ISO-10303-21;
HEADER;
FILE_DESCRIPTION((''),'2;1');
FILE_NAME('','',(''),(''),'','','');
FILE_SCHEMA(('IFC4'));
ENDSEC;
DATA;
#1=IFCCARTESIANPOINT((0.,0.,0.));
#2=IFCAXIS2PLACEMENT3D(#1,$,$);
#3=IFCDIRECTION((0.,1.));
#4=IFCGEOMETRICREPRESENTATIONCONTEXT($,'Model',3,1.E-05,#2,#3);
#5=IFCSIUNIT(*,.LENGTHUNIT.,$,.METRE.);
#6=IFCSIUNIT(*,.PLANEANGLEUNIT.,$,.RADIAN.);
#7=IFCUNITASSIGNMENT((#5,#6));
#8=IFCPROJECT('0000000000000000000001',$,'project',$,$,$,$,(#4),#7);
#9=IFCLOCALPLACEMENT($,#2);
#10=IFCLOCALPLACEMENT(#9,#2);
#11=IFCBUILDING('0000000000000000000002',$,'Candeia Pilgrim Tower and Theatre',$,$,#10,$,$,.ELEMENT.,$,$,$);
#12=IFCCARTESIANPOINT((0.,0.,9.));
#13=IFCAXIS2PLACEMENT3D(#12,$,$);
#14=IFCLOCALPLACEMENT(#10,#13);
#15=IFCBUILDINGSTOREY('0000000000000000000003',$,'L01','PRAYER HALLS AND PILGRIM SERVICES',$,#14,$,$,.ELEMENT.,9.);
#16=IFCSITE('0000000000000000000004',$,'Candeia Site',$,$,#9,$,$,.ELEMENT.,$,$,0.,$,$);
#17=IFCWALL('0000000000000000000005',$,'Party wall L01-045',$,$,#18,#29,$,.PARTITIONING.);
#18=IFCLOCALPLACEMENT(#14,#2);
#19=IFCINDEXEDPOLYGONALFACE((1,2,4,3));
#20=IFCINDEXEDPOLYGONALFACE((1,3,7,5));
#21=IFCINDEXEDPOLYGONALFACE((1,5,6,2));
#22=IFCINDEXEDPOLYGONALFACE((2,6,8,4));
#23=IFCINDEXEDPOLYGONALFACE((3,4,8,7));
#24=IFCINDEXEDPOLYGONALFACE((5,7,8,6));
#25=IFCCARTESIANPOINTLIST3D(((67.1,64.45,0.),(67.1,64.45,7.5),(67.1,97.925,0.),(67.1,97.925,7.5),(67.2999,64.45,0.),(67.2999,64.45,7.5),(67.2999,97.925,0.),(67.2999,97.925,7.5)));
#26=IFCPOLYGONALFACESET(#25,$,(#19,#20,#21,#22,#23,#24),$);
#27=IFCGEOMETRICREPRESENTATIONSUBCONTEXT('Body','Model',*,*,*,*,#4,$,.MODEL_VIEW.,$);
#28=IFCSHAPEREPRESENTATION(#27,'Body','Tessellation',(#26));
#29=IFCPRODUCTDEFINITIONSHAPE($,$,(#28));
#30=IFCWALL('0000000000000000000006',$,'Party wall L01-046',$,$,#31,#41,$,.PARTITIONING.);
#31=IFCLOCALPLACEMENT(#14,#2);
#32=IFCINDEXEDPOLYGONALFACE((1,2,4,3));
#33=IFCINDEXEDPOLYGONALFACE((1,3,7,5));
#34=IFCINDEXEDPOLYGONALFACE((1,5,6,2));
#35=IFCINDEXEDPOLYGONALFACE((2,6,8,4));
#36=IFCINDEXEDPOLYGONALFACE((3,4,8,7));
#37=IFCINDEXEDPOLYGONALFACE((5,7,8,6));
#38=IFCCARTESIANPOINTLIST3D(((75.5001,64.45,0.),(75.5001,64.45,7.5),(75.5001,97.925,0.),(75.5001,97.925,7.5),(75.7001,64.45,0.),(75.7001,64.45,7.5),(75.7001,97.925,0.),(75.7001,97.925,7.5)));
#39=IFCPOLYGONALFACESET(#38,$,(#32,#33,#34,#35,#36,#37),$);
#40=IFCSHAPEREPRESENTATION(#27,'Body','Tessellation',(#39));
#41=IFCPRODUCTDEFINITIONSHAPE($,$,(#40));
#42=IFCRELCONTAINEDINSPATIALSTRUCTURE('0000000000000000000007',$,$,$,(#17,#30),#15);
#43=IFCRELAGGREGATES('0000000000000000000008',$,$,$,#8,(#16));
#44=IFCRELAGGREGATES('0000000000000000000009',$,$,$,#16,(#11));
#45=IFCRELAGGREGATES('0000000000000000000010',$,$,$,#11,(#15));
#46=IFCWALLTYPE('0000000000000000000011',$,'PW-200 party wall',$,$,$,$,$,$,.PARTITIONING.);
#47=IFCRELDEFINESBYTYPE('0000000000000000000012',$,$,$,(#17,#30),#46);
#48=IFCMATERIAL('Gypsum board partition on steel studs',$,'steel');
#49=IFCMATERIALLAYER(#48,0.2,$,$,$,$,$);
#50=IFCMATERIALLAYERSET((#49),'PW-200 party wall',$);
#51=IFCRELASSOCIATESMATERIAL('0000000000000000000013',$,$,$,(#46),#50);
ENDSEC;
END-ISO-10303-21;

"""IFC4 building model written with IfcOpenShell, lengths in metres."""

from ifc_helpers import new_model, si_unit, direction, frame, frame_2d, origin, place, context, subcontext, project, spatial, rectangle, extrude, material, layer, layer_set, type_object, element, save


model = new_model("IFC4")

# Units and contexts
model_context = context("Model", 3, precision=1e-05, world=origin(), true_north=direction((0.0, 1.0)))
body_context = subcontext(model_context, "Body", "Model", "MODEL_VIEW")
ifc_project = project(units=[si_unit("LENGTHUNIT", "METRE"), si_unit("PLANEANGLEUNIT", "RADIAN")], contexts=[model_context])

# Site, building, storey
site_placement = place(None, origin())
site = spatial("IfcSite", under=ifc_project, at=site_placement, Name="Candeia Site", CompositionType="ELEMENT", RefElevation=0.0)
building_placement = place(site_placement, origin())
building = spatial("IfcBuilding", under=site, at=building_placement, Name="Candeia Pilgrim Tower and Theatre", CompositionType="ELEMENT")
storey_placement = place(building_placement, frame((0.0, 0.0, 9.0)))
storey = spatial("IfcBuildingStorey", under=building, at=storey_placement, Name="L01", Description="PRAYER HALLS AND PILGRIM SERVICES", CompositionType="ELEMENT", Elevation=9.0)

# Shared definitions
ifc_material_1 = material(Name="Gypsum board partition on steel studs", Category="steel")

# Walls
ifc_layer_1 = layer(ifc_material_1, 0.2)
ifc_layer_set_1 = layer_set([ifc_layer_1], Name="PW-200 party wall")
wall_type_1 = type_object("IfcWallType", Name="PW-200 party wall", PredefinedType="PARTITIONING", material=ifc_layer_set_1)
for number, where, z_axis, x_axis, name in (
    (1, (67.2, 64.45, 0.0), (0.0, 0.0, 1.0), (0.0, 1.0, 0.0), "Party wall L01-045"),
    (2, (75.6001, 64.45, 0.0), (0.0, 0.0, 1.0), (0.0, 1.0, 0.0), "Party wall L01-046"),
):
    element("IfcWall", number, at=place(storey_placement, frame(where, z_axis=z_axis, x_axis=x_axis)), inside=storey, type_object=wall_type_1, Name=name, PredefinedType="PARTITIONING", context=body_context, shape_type="SweptSolid", body=[
        extrude(rectangle(XDim=33.4751, YDim=0.2, at=frame_2d((16.7375, 0.0))), origin(), (0.0, 0.0, 1.0), 7.5),
    ])

save(model, "model.ifc")
